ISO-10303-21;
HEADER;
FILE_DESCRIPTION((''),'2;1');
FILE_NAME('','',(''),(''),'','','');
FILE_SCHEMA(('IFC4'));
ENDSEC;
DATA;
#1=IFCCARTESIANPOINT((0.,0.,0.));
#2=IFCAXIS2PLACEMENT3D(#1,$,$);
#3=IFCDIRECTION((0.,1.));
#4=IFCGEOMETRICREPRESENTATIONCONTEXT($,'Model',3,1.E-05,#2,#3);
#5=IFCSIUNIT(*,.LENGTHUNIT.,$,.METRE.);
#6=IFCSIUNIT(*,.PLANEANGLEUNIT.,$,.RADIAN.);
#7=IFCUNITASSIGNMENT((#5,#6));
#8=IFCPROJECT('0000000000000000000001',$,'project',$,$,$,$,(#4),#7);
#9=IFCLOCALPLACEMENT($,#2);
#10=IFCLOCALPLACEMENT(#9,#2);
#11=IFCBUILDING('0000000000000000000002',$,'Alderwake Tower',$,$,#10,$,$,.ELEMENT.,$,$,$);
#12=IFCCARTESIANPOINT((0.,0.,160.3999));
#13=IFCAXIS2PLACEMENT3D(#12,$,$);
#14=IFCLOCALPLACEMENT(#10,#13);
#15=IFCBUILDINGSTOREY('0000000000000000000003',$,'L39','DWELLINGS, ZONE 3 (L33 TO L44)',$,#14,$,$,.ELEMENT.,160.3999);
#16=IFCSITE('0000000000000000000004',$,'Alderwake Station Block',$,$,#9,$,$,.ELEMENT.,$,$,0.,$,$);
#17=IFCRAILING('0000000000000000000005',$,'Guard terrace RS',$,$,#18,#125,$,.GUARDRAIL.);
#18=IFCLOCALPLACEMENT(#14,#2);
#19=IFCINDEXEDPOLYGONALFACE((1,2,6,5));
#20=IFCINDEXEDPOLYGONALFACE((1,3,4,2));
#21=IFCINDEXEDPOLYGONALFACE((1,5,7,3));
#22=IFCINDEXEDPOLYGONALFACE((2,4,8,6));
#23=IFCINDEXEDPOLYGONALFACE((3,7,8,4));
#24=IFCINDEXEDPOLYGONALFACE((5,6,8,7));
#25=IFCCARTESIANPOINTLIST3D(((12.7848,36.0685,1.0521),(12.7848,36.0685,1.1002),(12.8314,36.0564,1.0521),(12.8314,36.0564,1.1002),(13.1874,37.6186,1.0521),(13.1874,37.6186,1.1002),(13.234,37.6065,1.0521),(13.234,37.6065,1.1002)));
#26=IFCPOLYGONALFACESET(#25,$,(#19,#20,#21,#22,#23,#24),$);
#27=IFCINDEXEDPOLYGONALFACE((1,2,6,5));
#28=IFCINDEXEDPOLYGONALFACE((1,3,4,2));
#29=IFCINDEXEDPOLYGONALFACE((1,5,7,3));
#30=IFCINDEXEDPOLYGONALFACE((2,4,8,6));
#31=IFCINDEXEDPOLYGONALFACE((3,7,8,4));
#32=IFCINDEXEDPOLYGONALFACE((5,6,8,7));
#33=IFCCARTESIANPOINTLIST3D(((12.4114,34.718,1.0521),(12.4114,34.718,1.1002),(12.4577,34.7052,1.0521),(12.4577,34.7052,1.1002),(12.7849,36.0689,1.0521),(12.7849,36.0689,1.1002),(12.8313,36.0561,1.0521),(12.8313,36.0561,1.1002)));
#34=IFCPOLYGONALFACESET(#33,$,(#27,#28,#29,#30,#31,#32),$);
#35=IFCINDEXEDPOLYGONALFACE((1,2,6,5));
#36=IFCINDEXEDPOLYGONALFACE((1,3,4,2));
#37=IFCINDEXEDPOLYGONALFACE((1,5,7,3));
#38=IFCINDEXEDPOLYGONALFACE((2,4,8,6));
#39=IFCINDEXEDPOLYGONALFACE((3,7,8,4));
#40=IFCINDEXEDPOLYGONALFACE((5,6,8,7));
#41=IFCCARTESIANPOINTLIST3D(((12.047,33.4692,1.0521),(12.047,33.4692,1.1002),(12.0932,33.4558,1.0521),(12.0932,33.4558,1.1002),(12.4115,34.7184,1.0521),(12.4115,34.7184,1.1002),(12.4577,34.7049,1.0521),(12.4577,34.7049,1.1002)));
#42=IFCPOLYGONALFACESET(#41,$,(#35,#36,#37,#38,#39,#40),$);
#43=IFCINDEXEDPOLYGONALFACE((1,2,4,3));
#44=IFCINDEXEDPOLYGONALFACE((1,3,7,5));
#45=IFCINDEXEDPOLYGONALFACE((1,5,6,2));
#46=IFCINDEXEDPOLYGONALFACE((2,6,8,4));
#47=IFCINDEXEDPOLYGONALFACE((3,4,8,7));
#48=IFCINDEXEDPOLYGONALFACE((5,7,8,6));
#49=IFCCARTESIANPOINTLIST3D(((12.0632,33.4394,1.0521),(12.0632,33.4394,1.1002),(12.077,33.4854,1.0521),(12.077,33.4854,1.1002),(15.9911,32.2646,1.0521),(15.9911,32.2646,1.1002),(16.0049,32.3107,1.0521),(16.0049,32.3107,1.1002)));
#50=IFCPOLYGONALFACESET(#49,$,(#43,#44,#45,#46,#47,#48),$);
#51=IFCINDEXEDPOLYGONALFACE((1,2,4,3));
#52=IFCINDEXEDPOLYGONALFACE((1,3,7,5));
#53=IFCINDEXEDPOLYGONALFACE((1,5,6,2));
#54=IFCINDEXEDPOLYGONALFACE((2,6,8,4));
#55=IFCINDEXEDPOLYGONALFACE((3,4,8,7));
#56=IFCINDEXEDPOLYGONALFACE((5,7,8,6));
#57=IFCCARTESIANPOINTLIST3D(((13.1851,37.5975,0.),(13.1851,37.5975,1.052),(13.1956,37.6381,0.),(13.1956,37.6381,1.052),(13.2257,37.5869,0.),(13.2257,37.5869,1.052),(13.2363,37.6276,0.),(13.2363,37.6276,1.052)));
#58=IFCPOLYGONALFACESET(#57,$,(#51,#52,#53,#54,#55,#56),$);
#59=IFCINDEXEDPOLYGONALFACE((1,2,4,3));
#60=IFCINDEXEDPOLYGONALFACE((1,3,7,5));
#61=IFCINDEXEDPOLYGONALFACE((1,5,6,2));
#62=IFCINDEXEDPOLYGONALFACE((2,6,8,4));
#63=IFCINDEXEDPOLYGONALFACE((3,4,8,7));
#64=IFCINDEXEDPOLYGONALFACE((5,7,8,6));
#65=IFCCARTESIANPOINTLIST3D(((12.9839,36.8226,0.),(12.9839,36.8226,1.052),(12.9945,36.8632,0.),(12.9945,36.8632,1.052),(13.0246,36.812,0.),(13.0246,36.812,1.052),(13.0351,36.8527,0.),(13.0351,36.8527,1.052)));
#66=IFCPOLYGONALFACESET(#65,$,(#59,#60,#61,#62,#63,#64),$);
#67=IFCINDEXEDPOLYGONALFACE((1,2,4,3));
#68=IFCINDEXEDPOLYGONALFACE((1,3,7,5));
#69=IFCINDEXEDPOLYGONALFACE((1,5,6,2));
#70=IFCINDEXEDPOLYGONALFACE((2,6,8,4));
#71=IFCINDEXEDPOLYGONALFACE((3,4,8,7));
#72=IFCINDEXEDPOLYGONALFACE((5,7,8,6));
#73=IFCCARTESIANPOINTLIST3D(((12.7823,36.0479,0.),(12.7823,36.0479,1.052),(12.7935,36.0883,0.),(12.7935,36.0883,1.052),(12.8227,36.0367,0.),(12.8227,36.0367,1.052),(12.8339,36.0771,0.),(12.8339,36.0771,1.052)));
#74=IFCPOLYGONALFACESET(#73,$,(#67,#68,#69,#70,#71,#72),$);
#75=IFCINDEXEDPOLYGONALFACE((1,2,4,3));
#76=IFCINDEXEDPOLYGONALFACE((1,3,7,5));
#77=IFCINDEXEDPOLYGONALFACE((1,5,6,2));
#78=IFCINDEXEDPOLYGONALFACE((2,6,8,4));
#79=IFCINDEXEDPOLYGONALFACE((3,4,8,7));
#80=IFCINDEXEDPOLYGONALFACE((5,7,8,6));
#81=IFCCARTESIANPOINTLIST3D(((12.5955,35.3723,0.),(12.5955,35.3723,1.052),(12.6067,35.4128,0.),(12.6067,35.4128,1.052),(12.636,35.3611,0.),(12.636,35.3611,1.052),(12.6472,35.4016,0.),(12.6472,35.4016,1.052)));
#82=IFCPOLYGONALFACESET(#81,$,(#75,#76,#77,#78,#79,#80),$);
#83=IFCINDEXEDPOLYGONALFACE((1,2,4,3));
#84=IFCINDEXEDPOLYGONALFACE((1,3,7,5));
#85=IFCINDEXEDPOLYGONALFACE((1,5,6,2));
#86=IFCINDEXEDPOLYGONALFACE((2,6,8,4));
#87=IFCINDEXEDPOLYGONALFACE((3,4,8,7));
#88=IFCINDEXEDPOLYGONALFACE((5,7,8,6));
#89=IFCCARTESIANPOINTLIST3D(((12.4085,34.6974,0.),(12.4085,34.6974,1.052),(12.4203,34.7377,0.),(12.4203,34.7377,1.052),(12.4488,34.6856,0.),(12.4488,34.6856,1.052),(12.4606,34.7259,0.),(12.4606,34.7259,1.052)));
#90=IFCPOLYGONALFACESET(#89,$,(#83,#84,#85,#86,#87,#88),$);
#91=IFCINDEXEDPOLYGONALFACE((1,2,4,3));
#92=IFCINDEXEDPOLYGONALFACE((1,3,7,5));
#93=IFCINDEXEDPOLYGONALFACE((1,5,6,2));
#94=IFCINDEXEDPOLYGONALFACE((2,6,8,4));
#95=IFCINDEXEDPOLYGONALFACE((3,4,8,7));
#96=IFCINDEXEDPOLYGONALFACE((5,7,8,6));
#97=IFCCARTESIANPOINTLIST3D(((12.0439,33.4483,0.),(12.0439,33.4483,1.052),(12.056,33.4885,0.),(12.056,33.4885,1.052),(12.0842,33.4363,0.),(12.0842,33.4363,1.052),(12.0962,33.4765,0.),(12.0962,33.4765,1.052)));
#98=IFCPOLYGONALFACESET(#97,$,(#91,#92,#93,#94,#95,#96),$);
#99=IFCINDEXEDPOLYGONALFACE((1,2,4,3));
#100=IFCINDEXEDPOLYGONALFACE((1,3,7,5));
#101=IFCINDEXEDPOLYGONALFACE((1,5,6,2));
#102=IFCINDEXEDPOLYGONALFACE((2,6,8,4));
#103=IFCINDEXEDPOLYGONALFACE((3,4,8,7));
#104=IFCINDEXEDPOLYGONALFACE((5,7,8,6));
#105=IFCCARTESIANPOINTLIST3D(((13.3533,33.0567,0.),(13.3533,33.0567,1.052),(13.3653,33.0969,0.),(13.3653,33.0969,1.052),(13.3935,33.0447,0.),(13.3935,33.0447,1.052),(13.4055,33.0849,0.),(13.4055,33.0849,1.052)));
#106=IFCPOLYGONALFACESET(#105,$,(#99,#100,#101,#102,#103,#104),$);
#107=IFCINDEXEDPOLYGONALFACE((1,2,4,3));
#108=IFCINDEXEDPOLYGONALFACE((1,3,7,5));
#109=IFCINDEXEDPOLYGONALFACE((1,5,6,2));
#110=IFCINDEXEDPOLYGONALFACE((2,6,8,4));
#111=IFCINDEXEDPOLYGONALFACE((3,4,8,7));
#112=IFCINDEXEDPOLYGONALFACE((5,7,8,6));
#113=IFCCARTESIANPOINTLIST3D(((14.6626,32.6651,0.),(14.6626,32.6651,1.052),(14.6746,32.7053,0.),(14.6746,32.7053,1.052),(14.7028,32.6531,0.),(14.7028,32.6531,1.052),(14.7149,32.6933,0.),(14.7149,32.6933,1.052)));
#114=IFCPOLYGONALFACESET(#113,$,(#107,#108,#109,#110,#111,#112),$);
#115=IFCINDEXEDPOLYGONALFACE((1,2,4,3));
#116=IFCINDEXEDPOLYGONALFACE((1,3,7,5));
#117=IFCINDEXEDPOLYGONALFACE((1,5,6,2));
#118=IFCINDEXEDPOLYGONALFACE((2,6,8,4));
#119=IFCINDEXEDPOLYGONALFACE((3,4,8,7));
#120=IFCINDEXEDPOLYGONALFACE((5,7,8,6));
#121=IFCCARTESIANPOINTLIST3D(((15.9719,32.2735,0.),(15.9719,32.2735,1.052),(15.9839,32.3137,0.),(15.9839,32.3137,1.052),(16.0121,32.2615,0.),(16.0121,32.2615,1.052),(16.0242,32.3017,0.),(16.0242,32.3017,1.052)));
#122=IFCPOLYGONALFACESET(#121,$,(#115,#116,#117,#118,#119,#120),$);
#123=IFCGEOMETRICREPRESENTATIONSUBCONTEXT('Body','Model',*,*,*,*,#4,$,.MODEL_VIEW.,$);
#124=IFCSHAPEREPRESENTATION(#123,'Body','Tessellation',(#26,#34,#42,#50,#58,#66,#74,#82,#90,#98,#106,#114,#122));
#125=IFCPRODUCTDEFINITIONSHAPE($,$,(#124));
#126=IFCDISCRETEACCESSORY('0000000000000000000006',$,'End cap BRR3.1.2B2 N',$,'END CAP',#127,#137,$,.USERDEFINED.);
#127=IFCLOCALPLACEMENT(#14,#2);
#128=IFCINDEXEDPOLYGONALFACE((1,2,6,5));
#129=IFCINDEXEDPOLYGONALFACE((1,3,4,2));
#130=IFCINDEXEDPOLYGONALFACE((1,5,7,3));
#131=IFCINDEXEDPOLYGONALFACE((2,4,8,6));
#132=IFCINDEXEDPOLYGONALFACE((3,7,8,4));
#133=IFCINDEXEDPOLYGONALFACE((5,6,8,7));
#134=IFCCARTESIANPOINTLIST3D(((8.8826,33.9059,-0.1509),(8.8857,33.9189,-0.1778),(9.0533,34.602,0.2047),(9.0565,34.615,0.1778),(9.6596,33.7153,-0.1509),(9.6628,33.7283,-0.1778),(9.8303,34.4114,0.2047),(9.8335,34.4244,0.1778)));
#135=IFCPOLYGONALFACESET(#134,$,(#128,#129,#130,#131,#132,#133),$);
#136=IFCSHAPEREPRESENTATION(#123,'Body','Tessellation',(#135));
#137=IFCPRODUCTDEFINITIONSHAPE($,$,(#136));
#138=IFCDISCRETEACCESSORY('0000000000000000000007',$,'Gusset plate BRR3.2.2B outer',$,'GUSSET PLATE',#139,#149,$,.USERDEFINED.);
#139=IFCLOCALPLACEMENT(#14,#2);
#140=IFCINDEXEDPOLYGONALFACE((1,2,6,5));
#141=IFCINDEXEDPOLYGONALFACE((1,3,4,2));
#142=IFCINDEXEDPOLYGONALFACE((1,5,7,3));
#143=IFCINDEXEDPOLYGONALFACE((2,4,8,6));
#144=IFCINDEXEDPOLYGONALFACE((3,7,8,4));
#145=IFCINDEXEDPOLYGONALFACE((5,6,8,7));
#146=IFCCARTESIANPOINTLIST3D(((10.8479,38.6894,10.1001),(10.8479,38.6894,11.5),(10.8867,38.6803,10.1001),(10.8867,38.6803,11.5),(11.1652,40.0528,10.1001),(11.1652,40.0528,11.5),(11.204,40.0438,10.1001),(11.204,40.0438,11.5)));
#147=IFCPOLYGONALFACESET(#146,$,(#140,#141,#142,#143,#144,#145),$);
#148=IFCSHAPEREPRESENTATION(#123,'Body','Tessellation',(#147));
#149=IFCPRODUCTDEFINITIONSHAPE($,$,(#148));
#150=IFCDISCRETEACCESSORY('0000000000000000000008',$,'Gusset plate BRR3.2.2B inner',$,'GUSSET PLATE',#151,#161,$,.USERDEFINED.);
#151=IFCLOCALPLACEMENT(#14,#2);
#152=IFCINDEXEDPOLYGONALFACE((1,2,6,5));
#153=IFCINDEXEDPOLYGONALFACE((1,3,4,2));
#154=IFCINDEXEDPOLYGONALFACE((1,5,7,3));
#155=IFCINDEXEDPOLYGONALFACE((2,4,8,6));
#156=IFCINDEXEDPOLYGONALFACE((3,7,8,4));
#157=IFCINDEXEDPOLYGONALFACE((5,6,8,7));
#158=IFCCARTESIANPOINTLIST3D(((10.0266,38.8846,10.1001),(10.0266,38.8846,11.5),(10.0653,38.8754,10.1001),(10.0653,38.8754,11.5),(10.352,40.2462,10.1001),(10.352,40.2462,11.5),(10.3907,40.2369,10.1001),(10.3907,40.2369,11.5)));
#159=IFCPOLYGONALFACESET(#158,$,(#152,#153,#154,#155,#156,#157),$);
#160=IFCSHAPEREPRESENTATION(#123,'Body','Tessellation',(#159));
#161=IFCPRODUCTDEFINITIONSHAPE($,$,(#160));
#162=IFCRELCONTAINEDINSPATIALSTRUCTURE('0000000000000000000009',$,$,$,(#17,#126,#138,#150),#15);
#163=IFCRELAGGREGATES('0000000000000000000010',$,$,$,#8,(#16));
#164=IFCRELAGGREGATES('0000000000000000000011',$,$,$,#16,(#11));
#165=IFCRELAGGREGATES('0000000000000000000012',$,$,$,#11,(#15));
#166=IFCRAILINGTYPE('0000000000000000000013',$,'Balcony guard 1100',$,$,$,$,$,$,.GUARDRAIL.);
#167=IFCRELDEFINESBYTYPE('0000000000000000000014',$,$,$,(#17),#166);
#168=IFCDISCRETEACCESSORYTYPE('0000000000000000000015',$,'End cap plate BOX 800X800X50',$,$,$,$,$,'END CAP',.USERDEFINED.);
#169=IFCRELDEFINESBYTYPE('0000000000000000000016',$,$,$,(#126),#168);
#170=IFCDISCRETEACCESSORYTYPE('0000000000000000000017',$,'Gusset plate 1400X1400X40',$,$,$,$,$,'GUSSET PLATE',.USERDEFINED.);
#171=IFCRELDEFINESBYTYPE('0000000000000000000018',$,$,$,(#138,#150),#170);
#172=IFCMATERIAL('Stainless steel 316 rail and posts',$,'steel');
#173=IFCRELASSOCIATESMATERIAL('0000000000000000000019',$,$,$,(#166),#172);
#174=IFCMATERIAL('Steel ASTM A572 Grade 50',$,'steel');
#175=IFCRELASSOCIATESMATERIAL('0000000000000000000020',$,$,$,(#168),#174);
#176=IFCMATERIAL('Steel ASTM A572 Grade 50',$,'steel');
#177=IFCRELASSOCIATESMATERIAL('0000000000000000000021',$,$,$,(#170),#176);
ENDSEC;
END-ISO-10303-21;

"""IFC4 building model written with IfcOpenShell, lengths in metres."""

from ifc_helpers import new_model, si_unit, direction, frame, origin, origin_2d, place, context, subcontext, project, spatial, rectangle, extrude, material, material_profile, profile_set, type_object, element, save


model = new_model("IFC4")

# Units and contexts
model_context = context("Model", 3, precision=1e-05, world=origin(), true_north=direction((0.0, 1.0)))
body_context = subcontext(model_context, "Body", "Model", "MODEL_VIEW")
ifc_project = project(units=[si_unit("LENGTHUNIT", "METRE"), si_unit("PLANEANGLEUNIT", "RADIAN")], contexts=[model_context])

# Site, building, storey
site_placement = place(None, origin())
site = spatial("IfcSite", under=ifc_project, at=site_placement, Name="Alderwake Station Block", CompositionType="ELEMENT", RefElevation=0.0)
building_placement = place(site_placement, origin())
building = spatial("IfcBuilding", under=site, at=building_placement, Name="Alderwake Tower", CompositionType="ELEMENT")
storey_placement = place(building_placement, frame((0.0, 0.0, 160.3999)))
storey = spatial("IfcBuildingStorey", under=building, at=storey_placement, Name="L39", Description="DWELLINGS, ZONE 3 (L33 TO L44)", CompositionType="ELEMENT", Elevation=160.3999)

# Railing
ifc_material_1 = material(Name="Stainless steel 316 rail and posts", Category="steel")
railing_type = type_object("IfcRailingType", Name="Balcony guard 1100", PredefinedType="GUARDRAIL", material=ifc_material_1)
railing_placement = place(storey_placement, frame((13.2107, 37.6125, 0.0)))
element("IfcRailing", 1, at=railing_placement, inside=storey, type_object=railing_type, Name="Guard terrace RS", PredefinedType="GUARDRAIL", context=body_context, shape_type="SweptSolid", body=[
    extrude(rectangle(XDim=0.0481, YDim=0.0481, at=origin_2d()), frame((0.0, 0.0, 1.0762), z_axis=(-0.251385, -0.967887, 0.0), x_axis=(0.967887, -0.251385, 0.0)), (0.0, 0.0, 1.0), 1.6016),
    extrude(rectangle(XDim=0.0481, YDim=0.0481, at=origin_2d()), frame((-0.4026, -1.55, 1.0762), z_axis=(-0.266521, -0.963829, 0.0), x_axis=(0.963829, -0.266521, 0.0)), (0.0, 0.0, 1.0), 1.4016),
    extrude(rectangle(XDim=0.0481, YDim=0.0481, at=origin_2d()), frame((-0.7761, -2.9009, 1.0762), z_axis=(-0.280094, -0.959973, 0.0), x_axis=(0.959973, -0.280094, 0.0)), (0.0, 0.0, 1.0), 1.3013),
    extrude(rectangle(XDim=0.0481, YDim=0.0481, at=origin_2d()), frame((-1.1406, -4.1501, 1.0762), z_axis=(0.958067, -0.286545, 0.0), x_axis=(0.286545, 0.958067, 0.0)), (0.0, 0.0, 1.0), 4.0999),
    extrude(rectangle(XDim=0.042, YDim=0.042, at=origin_2d()), frame((0.0, 0.0, 0.0), z_axis=(0.0, 0.0, 1.0), x_axis=(-0.251385, -0.967887, 0.0)), (0.0, 0.0, 1.0), 1.052),
    extrude(rectangle(XDim=0.042, YDim=0.042, at=origin_2d()), frame((-0.2012, -0.7749, 0.0), z_axis=(0.0, 0.0, 1.0), x_axis=(-0.251385, -0.967887, 0.0)), (0.0, 0.0, 1.0), 1.052),
    extrude(rectangle(XDim=0.042, YDim=0.042, at=origin_2d()), frame((-0.4026, -1.55, 0.0), z_axis=(0.0, 0.0, 1.0), x_axis=(-0.266521, -0.963829, 0.0)), (0.0, 0.0, 1.0), 1.052),
    extrude(rectangle(XDim=0.042, YDim=0.042, at=origin_2d()), frame((-0.5894, -2.2256, 0.0), z_axis=(0.0, 0.0, 1.0), x_axis=(-0.266521, -0.963829, 0.0)), (0.0, 0.0, 1.0), 1.052),
    extrude(rectangle(XDim=0.042, YDim=0.042, at=origin_2d()), frame((-0.7761, -2.9009, 0.0), z_axis=(0.0, 0.0, 1.0), x_axis=(-0.280094, -0.959973, 0.0)), (0.0, 0.0, 1.0), 1.052),
    extrude(rectangle(XDim=0.042, YDim=0.042, at=origin_2d()), frame((-1.1406, -4.1501, 0.0), z_axis=(0.0, 0.0, 1.0), x_axis=(0.958067, -0.286545, 0.0)), (0.0, 0.0, 1.0), 1.052),
    extrude(rectangle(XDim=0.042, YDim=0.042, at=origin_2d()), frame((0.1687, -4.5417, 0.0), z_axis=(0.0, 0.0, 1.0), x_axis=(0.958067, -0.286545, 0.0)), (0.0, 0.0, 1.0), 1.052),
    extrude(rectangle(XDim=0.042, YDim=0.042, at=origin_2d()), frame((1.478, -4.9333, 0.0), z_axis=(0.0, 0.0, 1.0), x_axis=(0.958067, -0.286545, 0.0)), (0.0, 0.0, 1.0), 1.052),
    extrude(rectangle(XDim=0.042, YDim=0.042, at=origin_2d()), frame((2.7874, -5.325, 0.0), z_axis=(0.0, 0.0, 1.0), x_axis=(0.958067, -0.286545, 0.0)), (0.0, 0.0, 1.0), 1.052),
])

# Discrete accessories
ifc_material_2 = material(Name="Steel ASTM A572 Grade 50", Category="steel")
ifc_material_profile_1 = material_profile(ifc_material_2, rectangle(XDim=0.8, YDim=0.8, at=origin_2d()), Name="BOX 800X800X50 cap")
ifc_profile_set_1 = profile_set([ifc_material_profile_1], Name="Steel ASTM A572 Grade 50")
discrete_accessory_type_1 = type_object("IfcDiscreteAccessoryType", Name="End cap plate BOX 800X800X50", ElementType="END CAP", PredefinedType="USERDEFINED", material=ifc_profile_set_1)
discrete_accessory_placement = place(storey_placement, frame((9.3596, 34.1716, 0.0), z_axis=(-0.10587, -0.431622, 0.89582), x_axis=(0.971211, -0.238222, 0.0)))
element("IfcDiscreteAccessory", 2, at=discrete_accessory_placement, inside=storey, type_object=discrete_accessory_type_1, Name="End cap BRR3.1.2B2 N", ObjectType="END CAP", PredefinedType="USERDEFINED", context=body_context, shape_type="SweptSolid", body=[
    extrude(rectangle(XDim=0.8, YDim=0.8, at=origin_2d()), origin(), (0.0, 0.0, 1.0), 0.03),
])
ifc_material_3 = material(Name="Steel ASTM A572 Grade 50", Category="steel")
ifc_material_profile_2 = material_profile(ifc_material_3, rectangle(XDim=1.3999, YDim=1.3999, at=origin_2d()), Name="gusset 1400X1400")
ifc_profile_set_2 = profile_set([ifc_material_profile_2], Name="Steel ASTM A572 Grade 50")
discrete_accessory_type_2 = type_object("IfcDiscreteAccessoryType", Name="Gusset plate 1400X1400X40", ElementType="GUSSET PLATE", PredefinedType="USERDEFINED", material=ifc_profile_set_2)
for number, where, z_axis, x_axis, name in (
    (3, (11.0066, 39.3711, 10.8), (0.973977, -0.226649, 0.0), (0.226649, 0.973977, 0.0), "Gusset plate BRR3.2.2B outer"),
    (4, (10.228, 39.5562, 10.8), (-0.972609, 0.232447, 0.0), (-0.232447, -0.972609, 0.0), "Gusset plate BRR3.2.2B inner"),
):
    element("IfcDiscreteAccessory", number, at=place(storey_placement, frame(where, z_axis=z_axis, x_axis=x_axis)), inside=storey, type_object=discrete_accessory_type_2, Name=name, ObjectType="GUSSET PLATE", PredefinedType="USERDEFINED", context=body_context, shape_type="SweptSolid", body=[
        extrude(rectangle(XDim=1.3999, YDim=1.3999, at=origin_2d()), origin(), (0.0, 0.0, 1.0), 0.0398),
    ])

save(model, "model.ifc")
